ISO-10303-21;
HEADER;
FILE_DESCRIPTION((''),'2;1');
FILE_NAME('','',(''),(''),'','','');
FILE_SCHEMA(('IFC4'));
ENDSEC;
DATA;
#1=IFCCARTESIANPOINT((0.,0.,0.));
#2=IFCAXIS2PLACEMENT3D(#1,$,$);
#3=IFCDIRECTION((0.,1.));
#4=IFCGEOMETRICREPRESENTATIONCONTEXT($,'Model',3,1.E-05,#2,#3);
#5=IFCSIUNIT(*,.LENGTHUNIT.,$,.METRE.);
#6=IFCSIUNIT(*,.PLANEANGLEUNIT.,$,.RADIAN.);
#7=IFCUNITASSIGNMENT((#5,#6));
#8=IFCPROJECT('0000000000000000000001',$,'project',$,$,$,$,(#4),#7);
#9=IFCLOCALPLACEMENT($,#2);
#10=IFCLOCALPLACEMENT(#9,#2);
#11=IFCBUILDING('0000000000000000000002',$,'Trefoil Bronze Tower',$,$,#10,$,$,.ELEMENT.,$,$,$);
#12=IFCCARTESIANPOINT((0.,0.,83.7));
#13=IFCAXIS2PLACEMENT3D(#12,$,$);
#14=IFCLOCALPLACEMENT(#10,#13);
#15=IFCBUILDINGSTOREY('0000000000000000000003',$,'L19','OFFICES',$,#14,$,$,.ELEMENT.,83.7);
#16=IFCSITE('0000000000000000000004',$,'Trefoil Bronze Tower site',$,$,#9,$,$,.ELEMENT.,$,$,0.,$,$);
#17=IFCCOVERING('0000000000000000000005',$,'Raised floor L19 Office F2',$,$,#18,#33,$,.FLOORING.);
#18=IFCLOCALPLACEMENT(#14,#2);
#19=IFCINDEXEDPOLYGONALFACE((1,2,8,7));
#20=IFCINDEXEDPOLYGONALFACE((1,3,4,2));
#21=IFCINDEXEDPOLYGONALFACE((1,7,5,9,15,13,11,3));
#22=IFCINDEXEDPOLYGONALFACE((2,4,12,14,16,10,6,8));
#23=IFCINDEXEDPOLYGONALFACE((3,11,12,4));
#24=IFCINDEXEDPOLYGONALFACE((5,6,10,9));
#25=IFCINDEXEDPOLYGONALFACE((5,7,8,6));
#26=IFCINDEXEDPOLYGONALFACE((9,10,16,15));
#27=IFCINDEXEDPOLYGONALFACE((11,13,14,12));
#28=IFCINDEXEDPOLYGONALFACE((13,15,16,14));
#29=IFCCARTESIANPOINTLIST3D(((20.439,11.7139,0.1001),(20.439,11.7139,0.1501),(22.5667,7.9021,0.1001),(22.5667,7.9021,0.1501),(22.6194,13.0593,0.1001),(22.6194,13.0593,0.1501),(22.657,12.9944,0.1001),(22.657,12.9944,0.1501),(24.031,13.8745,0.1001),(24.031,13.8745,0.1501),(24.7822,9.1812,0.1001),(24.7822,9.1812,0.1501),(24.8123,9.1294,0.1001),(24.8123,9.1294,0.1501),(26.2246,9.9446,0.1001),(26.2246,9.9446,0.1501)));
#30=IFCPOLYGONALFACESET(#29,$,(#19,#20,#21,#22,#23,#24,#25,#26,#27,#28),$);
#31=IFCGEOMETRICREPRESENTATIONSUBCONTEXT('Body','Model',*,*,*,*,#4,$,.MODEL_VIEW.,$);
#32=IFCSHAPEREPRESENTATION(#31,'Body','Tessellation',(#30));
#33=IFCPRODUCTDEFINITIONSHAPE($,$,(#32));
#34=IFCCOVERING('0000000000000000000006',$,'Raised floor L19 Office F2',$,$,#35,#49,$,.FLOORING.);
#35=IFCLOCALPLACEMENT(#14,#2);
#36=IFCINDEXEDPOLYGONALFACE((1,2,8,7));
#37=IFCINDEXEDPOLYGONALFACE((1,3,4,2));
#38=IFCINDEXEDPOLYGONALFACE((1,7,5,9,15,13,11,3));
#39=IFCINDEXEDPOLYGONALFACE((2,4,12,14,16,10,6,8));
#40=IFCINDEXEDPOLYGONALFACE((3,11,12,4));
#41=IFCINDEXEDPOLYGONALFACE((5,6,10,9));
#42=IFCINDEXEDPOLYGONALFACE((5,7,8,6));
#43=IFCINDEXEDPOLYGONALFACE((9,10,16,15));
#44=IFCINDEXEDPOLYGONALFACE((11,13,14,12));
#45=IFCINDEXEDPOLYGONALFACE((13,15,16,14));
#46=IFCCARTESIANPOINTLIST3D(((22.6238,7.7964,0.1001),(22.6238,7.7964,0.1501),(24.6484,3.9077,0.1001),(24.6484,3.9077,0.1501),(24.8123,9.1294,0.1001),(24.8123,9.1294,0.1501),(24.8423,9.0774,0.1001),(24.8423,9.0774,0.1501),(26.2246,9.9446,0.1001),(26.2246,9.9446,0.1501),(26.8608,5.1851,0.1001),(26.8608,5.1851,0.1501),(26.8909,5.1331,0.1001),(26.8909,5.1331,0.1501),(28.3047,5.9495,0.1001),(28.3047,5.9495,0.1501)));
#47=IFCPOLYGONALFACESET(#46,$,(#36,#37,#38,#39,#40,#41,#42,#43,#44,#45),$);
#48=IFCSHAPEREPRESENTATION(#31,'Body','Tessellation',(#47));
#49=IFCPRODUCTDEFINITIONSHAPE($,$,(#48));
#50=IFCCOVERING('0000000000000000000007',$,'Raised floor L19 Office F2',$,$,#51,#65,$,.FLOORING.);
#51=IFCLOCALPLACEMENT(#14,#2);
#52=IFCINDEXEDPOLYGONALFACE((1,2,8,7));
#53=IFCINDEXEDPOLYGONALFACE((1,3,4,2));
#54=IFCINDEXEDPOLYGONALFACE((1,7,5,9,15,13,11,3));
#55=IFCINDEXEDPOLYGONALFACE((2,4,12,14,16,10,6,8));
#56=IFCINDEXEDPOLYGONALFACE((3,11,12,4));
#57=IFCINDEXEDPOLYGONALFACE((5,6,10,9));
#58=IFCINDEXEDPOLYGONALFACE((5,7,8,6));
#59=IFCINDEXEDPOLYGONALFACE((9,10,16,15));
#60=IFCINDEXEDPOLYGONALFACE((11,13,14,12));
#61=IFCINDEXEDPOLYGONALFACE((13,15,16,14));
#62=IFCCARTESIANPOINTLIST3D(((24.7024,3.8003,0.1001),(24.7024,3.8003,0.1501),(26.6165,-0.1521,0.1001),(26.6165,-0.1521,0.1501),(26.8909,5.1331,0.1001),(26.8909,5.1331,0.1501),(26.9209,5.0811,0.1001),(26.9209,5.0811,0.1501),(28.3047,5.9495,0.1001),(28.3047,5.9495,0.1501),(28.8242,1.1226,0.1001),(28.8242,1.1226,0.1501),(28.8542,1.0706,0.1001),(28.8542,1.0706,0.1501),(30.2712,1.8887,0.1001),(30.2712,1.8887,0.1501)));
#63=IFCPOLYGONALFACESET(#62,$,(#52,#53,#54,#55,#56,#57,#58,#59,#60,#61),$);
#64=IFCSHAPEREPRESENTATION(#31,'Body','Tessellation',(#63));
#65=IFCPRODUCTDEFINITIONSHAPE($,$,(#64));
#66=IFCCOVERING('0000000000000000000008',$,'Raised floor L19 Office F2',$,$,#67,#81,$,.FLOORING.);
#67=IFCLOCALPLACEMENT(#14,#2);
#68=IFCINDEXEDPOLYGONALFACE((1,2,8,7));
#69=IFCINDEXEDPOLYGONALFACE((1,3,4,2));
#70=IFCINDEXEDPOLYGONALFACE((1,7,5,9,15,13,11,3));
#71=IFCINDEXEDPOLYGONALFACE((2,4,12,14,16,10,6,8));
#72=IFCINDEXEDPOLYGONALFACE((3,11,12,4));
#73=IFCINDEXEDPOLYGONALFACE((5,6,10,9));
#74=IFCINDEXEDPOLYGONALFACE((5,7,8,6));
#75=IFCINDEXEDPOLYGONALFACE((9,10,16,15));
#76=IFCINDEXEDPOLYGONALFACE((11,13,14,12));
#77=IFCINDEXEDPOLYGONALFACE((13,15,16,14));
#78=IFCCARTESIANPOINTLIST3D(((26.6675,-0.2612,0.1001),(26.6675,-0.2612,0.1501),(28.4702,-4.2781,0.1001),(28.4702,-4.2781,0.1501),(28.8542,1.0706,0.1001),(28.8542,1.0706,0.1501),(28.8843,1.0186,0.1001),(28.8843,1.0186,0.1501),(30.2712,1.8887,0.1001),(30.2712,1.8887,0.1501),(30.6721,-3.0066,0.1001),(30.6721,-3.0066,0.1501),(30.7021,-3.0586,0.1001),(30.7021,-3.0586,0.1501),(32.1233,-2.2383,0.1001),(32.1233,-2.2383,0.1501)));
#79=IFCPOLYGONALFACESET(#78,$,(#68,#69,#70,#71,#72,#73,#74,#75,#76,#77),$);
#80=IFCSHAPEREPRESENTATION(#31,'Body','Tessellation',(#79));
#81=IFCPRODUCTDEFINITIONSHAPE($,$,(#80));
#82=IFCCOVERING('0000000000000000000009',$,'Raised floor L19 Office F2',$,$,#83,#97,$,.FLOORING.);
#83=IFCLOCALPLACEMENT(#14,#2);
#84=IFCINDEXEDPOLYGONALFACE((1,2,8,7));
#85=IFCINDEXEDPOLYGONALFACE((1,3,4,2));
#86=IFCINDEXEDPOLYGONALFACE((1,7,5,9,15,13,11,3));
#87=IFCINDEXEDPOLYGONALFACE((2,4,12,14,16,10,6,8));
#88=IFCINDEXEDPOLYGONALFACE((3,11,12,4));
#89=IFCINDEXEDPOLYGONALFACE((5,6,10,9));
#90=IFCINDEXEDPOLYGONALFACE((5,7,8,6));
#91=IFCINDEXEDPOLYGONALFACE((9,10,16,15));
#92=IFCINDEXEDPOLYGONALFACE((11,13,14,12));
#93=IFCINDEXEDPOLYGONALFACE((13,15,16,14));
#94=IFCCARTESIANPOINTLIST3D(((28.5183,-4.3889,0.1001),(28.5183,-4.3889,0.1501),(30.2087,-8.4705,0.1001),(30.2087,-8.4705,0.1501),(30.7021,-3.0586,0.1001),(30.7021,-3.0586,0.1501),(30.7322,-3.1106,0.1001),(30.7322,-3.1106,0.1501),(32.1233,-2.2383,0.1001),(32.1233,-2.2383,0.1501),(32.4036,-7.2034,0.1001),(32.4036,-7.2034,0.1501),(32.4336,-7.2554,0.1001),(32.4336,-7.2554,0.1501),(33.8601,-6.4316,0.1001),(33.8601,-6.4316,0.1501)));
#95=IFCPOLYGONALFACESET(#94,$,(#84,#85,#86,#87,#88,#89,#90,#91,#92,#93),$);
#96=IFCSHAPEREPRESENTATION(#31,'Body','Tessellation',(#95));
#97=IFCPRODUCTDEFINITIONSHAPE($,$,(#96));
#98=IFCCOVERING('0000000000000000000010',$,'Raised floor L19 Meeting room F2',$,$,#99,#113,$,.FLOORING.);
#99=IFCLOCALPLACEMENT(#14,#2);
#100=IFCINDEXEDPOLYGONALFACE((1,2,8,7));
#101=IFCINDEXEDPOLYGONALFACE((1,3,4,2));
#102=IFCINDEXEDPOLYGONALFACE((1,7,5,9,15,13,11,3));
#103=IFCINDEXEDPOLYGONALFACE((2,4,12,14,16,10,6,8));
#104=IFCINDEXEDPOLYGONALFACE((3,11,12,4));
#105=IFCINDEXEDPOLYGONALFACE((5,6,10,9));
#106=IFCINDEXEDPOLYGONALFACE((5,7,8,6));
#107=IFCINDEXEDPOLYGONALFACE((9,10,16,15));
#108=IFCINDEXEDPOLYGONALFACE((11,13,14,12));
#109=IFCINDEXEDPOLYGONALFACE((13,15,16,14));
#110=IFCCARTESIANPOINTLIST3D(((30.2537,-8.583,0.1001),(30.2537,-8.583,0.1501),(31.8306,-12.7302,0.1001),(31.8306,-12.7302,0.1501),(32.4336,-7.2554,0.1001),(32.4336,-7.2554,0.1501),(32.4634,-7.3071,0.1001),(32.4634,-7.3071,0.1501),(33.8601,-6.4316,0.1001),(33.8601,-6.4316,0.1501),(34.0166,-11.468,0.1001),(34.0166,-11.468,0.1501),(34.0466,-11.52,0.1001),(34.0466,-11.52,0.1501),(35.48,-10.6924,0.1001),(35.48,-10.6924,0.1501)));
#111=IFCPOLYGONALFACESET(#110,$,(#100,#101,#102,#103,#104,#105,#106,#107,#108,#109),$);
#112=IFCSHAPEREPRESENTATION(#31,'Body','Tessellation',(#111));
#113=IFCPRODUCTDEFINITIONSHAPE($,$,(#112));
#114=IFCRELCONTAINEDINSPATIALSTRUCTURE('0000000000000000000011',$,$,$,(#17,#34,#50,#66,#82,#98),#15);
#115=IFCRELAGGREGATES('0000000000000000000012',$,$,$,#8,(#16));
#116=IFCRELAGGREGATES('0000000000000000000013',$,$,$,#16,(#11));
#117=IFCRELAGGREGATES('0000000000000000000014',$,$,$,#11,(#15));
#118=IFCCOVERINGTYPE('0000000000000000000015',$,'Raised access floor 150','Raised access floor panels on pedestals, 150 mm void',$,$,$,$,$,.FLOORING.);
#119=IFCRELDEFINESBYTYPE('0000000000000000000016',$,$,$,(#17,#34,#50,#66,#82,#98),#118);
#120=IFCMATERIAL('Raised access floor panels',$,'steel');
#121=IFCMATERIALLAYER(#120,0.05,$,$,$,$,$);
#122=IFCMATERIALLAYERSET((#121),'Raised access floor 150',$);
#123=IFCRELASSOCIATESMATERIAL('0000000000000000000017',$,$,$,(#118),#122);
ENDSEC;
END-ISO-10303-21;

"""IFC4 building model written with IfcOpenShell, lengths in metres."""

from ifc_helpers import new_model, si_unit, direction, frame, origin, place, context, subcontext, project, spatial, polyline, outline, extrude, material, layer, layer_set, type_object, element, save


model = new_model("IFC4")

# Units and contexts
model_context = context("Model", 3, precision=1e-05, world=origin(), true_north=direction((0.0, 1.0)))
body_context = subcontext(model_context, "Body", "Model", "MODEL_VIEW")
ifc_project = project(units=[si_unit("LENGTHUNIT", "METRE"), si_unit("PLANEANGLEUNIT", "RADIAN")], contexts=[model_context])

# Site, building, storey
site_placement = place(None, origin())
site = spatial("IfcSite", under=ifc_project, at=site_placement, Name="Trefoil Bronze Tower site", CompositionType="ELEMENT", RefElevation=0.0)
building_placement = place(site_placement, origin())
building = spatial("IfcBuilding", under=site, at=building_placement, Name="Trefoil Bronze Tower", CompositionType="ELEMENT")
storey_placement = place(building_placement, frame((0.0, 0.0, 83.7)))
storey = spatial("IfcBuildingStorey", under=building, at=storey_placement, Name="L19", Description="OFFICES", CompositionType="ELEMENT", Elevation=83.7)

# Coverings
ifc_material_1 = material(Name="Raised access floor panels", Category="steel")
ifc_layer_1 = layer(ifc_material_1, 0.05)
ifc_layer_set_1 = layer_set([ifc_layer_1], Name="Raised access floor 150")
covering_type_1 = type_object("IfcCoveringType", Name="Raised access floor 150", Description="Raised access floor panels on pedestals, 150 mm void", PredefinedType="FLOORING", material=ifc_layer_set_1)
covering_1_placement = place(storey_placement, frame((0.0, 0.0, 0.1001)))
element("IfcCovering", 1, at=covering_1_placement, inside=storey, type_object=covering_type_1, Name="Raised floor L19 Office F2", PredefinedType="FLOORING", context=body_context, shape_type="SweptSolid", body=[
    extrude(outline(polyline([(24.031, 13.8745), (26.2246, 9.9446), (24.8123, 9.1294), (24.7822, 9.1812), (22.5667, 7.9021), (20.439, 11.7139), (22.657, 12.9944), (22.6194, 13.0593), (24.031, 13.8745)])), origin(), (0.0, 0.0, 1.0), 0.05),
])
covering_2_placement = place(storey_placement, frame((0.0, 0.0, 0.1001)))
element("IfcCovering", 2, at=covering_2_placement, inside=storey, type_object=covering_type_1, Name="Raised floor L19 Office F2", PredefinedType="FLOORING", context=body_context, shape_type="SweptSolid", body=[
    extrude(outline(polyline([(26.2246, 9.9446), (28.3047, 5.9495), (26.8909, 5.1331), (26.8608, 5.1851), (24.6484, 3.9077), (22.6238, 7.7964), (24.8423, 9.0774), (24.8123, 9.1294), (26.2246, 9.9446)])), origin(), (0.0, 0.0, 1.0), 0.05),
])
covering_3_placement = place(storey_placement, frame((0.0, 0.0, 0.1001)))
element("IfcCovering", 3, at=covering_3_placement, inside=storey, type_object=covering_type_1, Name="Raised floor L19 Office F2", PredefinedType="FLOORING", context=body_context, shape_type="SweptSolid", body=[
    extrude(outline(polyline([(28.3047, 5.9495), (30.2712, 1.8887), (28.8542, 1.0706), (28.8242, 1.1226), (26.6165, -0.1521), (24.7024, 3.8003), (26.9209, 5.0811), (26.8909, 5.1331), (28.3047, 5.9495)])), origin(), (0.0, 0.0, 1.0), 0.05),
])
covering_4_placement = place(storey_placement, frame((0.0, 0.0, 0.1001)))
element("IfcCovering", 4, at=covering_4_placement, inside=storey, type_object=covering_type_1, Name="Raised floor L19 Office F2", PredefinedType="FLOORING", context=body_context, shape_type="SweptSolid", body=[
    extrude(outline(polyline([(32.1233, -2.2383), (30.7021, -3.0586), (30.6721, -3.0066), (28.4702, -4.2781), (26.6675, -0.2612), (28.8843, 1.0186), (28.8542, 1.0706), (30.2712, 1.8887), (32.1233, -2.2383)])), origin(), (0.0, 0.0, 1.0), 0.05),
])
covering_5_placement = place(storey_placement, frame((0.0, 0.0, 0.1001)))
element("IfcCovering", 5, at=covering_5_placement, inside=storey, type_object=covering_type_1, Name="Raised floor L19 Office F2", PredefinedType="FLOORING", context=body_context, shape_type="SweptSolid", body=[
    extrude(outline(polyline([(32.1233, -2.2383), (33.8601, -6.4316), (32.4336, -7.2554), (32.4036, -7.2034), (30.2087, -8.4705), (28.5183, -4.3889), (30.7322, -3.1106), (30.7021, -3.0586), (32.1233, -2.2383)])), origin(), (0.0, 0.0, 1.0), 0.05),
])
covering_6_placement = place(storey_placement, frame((0.0, 0.0, 0.1001)))
element("IfcCovering", 6, at=covering_6_placement, inside=storey, type_object=covering_type_1, Name="Raised floor L19 Meeting room F2", PredefinedType="FLOORING", context=body_context, shape_type="SweptSolid", body=[
    extrude(outline(polyline([(33.8601, -6.4316), (35.48, -10.6924), (34.0466, -11.52), (34.0166, -11.468), (31.8306, -12.7302), (30.2537, -8.583), (32.4634, -7.3071), (32.4336, -7.2554), (33.8601, -6.4316)])), origin(), (0.0, 0.0, 1.0), 0.05),
])

save(model, "model.ifc")
